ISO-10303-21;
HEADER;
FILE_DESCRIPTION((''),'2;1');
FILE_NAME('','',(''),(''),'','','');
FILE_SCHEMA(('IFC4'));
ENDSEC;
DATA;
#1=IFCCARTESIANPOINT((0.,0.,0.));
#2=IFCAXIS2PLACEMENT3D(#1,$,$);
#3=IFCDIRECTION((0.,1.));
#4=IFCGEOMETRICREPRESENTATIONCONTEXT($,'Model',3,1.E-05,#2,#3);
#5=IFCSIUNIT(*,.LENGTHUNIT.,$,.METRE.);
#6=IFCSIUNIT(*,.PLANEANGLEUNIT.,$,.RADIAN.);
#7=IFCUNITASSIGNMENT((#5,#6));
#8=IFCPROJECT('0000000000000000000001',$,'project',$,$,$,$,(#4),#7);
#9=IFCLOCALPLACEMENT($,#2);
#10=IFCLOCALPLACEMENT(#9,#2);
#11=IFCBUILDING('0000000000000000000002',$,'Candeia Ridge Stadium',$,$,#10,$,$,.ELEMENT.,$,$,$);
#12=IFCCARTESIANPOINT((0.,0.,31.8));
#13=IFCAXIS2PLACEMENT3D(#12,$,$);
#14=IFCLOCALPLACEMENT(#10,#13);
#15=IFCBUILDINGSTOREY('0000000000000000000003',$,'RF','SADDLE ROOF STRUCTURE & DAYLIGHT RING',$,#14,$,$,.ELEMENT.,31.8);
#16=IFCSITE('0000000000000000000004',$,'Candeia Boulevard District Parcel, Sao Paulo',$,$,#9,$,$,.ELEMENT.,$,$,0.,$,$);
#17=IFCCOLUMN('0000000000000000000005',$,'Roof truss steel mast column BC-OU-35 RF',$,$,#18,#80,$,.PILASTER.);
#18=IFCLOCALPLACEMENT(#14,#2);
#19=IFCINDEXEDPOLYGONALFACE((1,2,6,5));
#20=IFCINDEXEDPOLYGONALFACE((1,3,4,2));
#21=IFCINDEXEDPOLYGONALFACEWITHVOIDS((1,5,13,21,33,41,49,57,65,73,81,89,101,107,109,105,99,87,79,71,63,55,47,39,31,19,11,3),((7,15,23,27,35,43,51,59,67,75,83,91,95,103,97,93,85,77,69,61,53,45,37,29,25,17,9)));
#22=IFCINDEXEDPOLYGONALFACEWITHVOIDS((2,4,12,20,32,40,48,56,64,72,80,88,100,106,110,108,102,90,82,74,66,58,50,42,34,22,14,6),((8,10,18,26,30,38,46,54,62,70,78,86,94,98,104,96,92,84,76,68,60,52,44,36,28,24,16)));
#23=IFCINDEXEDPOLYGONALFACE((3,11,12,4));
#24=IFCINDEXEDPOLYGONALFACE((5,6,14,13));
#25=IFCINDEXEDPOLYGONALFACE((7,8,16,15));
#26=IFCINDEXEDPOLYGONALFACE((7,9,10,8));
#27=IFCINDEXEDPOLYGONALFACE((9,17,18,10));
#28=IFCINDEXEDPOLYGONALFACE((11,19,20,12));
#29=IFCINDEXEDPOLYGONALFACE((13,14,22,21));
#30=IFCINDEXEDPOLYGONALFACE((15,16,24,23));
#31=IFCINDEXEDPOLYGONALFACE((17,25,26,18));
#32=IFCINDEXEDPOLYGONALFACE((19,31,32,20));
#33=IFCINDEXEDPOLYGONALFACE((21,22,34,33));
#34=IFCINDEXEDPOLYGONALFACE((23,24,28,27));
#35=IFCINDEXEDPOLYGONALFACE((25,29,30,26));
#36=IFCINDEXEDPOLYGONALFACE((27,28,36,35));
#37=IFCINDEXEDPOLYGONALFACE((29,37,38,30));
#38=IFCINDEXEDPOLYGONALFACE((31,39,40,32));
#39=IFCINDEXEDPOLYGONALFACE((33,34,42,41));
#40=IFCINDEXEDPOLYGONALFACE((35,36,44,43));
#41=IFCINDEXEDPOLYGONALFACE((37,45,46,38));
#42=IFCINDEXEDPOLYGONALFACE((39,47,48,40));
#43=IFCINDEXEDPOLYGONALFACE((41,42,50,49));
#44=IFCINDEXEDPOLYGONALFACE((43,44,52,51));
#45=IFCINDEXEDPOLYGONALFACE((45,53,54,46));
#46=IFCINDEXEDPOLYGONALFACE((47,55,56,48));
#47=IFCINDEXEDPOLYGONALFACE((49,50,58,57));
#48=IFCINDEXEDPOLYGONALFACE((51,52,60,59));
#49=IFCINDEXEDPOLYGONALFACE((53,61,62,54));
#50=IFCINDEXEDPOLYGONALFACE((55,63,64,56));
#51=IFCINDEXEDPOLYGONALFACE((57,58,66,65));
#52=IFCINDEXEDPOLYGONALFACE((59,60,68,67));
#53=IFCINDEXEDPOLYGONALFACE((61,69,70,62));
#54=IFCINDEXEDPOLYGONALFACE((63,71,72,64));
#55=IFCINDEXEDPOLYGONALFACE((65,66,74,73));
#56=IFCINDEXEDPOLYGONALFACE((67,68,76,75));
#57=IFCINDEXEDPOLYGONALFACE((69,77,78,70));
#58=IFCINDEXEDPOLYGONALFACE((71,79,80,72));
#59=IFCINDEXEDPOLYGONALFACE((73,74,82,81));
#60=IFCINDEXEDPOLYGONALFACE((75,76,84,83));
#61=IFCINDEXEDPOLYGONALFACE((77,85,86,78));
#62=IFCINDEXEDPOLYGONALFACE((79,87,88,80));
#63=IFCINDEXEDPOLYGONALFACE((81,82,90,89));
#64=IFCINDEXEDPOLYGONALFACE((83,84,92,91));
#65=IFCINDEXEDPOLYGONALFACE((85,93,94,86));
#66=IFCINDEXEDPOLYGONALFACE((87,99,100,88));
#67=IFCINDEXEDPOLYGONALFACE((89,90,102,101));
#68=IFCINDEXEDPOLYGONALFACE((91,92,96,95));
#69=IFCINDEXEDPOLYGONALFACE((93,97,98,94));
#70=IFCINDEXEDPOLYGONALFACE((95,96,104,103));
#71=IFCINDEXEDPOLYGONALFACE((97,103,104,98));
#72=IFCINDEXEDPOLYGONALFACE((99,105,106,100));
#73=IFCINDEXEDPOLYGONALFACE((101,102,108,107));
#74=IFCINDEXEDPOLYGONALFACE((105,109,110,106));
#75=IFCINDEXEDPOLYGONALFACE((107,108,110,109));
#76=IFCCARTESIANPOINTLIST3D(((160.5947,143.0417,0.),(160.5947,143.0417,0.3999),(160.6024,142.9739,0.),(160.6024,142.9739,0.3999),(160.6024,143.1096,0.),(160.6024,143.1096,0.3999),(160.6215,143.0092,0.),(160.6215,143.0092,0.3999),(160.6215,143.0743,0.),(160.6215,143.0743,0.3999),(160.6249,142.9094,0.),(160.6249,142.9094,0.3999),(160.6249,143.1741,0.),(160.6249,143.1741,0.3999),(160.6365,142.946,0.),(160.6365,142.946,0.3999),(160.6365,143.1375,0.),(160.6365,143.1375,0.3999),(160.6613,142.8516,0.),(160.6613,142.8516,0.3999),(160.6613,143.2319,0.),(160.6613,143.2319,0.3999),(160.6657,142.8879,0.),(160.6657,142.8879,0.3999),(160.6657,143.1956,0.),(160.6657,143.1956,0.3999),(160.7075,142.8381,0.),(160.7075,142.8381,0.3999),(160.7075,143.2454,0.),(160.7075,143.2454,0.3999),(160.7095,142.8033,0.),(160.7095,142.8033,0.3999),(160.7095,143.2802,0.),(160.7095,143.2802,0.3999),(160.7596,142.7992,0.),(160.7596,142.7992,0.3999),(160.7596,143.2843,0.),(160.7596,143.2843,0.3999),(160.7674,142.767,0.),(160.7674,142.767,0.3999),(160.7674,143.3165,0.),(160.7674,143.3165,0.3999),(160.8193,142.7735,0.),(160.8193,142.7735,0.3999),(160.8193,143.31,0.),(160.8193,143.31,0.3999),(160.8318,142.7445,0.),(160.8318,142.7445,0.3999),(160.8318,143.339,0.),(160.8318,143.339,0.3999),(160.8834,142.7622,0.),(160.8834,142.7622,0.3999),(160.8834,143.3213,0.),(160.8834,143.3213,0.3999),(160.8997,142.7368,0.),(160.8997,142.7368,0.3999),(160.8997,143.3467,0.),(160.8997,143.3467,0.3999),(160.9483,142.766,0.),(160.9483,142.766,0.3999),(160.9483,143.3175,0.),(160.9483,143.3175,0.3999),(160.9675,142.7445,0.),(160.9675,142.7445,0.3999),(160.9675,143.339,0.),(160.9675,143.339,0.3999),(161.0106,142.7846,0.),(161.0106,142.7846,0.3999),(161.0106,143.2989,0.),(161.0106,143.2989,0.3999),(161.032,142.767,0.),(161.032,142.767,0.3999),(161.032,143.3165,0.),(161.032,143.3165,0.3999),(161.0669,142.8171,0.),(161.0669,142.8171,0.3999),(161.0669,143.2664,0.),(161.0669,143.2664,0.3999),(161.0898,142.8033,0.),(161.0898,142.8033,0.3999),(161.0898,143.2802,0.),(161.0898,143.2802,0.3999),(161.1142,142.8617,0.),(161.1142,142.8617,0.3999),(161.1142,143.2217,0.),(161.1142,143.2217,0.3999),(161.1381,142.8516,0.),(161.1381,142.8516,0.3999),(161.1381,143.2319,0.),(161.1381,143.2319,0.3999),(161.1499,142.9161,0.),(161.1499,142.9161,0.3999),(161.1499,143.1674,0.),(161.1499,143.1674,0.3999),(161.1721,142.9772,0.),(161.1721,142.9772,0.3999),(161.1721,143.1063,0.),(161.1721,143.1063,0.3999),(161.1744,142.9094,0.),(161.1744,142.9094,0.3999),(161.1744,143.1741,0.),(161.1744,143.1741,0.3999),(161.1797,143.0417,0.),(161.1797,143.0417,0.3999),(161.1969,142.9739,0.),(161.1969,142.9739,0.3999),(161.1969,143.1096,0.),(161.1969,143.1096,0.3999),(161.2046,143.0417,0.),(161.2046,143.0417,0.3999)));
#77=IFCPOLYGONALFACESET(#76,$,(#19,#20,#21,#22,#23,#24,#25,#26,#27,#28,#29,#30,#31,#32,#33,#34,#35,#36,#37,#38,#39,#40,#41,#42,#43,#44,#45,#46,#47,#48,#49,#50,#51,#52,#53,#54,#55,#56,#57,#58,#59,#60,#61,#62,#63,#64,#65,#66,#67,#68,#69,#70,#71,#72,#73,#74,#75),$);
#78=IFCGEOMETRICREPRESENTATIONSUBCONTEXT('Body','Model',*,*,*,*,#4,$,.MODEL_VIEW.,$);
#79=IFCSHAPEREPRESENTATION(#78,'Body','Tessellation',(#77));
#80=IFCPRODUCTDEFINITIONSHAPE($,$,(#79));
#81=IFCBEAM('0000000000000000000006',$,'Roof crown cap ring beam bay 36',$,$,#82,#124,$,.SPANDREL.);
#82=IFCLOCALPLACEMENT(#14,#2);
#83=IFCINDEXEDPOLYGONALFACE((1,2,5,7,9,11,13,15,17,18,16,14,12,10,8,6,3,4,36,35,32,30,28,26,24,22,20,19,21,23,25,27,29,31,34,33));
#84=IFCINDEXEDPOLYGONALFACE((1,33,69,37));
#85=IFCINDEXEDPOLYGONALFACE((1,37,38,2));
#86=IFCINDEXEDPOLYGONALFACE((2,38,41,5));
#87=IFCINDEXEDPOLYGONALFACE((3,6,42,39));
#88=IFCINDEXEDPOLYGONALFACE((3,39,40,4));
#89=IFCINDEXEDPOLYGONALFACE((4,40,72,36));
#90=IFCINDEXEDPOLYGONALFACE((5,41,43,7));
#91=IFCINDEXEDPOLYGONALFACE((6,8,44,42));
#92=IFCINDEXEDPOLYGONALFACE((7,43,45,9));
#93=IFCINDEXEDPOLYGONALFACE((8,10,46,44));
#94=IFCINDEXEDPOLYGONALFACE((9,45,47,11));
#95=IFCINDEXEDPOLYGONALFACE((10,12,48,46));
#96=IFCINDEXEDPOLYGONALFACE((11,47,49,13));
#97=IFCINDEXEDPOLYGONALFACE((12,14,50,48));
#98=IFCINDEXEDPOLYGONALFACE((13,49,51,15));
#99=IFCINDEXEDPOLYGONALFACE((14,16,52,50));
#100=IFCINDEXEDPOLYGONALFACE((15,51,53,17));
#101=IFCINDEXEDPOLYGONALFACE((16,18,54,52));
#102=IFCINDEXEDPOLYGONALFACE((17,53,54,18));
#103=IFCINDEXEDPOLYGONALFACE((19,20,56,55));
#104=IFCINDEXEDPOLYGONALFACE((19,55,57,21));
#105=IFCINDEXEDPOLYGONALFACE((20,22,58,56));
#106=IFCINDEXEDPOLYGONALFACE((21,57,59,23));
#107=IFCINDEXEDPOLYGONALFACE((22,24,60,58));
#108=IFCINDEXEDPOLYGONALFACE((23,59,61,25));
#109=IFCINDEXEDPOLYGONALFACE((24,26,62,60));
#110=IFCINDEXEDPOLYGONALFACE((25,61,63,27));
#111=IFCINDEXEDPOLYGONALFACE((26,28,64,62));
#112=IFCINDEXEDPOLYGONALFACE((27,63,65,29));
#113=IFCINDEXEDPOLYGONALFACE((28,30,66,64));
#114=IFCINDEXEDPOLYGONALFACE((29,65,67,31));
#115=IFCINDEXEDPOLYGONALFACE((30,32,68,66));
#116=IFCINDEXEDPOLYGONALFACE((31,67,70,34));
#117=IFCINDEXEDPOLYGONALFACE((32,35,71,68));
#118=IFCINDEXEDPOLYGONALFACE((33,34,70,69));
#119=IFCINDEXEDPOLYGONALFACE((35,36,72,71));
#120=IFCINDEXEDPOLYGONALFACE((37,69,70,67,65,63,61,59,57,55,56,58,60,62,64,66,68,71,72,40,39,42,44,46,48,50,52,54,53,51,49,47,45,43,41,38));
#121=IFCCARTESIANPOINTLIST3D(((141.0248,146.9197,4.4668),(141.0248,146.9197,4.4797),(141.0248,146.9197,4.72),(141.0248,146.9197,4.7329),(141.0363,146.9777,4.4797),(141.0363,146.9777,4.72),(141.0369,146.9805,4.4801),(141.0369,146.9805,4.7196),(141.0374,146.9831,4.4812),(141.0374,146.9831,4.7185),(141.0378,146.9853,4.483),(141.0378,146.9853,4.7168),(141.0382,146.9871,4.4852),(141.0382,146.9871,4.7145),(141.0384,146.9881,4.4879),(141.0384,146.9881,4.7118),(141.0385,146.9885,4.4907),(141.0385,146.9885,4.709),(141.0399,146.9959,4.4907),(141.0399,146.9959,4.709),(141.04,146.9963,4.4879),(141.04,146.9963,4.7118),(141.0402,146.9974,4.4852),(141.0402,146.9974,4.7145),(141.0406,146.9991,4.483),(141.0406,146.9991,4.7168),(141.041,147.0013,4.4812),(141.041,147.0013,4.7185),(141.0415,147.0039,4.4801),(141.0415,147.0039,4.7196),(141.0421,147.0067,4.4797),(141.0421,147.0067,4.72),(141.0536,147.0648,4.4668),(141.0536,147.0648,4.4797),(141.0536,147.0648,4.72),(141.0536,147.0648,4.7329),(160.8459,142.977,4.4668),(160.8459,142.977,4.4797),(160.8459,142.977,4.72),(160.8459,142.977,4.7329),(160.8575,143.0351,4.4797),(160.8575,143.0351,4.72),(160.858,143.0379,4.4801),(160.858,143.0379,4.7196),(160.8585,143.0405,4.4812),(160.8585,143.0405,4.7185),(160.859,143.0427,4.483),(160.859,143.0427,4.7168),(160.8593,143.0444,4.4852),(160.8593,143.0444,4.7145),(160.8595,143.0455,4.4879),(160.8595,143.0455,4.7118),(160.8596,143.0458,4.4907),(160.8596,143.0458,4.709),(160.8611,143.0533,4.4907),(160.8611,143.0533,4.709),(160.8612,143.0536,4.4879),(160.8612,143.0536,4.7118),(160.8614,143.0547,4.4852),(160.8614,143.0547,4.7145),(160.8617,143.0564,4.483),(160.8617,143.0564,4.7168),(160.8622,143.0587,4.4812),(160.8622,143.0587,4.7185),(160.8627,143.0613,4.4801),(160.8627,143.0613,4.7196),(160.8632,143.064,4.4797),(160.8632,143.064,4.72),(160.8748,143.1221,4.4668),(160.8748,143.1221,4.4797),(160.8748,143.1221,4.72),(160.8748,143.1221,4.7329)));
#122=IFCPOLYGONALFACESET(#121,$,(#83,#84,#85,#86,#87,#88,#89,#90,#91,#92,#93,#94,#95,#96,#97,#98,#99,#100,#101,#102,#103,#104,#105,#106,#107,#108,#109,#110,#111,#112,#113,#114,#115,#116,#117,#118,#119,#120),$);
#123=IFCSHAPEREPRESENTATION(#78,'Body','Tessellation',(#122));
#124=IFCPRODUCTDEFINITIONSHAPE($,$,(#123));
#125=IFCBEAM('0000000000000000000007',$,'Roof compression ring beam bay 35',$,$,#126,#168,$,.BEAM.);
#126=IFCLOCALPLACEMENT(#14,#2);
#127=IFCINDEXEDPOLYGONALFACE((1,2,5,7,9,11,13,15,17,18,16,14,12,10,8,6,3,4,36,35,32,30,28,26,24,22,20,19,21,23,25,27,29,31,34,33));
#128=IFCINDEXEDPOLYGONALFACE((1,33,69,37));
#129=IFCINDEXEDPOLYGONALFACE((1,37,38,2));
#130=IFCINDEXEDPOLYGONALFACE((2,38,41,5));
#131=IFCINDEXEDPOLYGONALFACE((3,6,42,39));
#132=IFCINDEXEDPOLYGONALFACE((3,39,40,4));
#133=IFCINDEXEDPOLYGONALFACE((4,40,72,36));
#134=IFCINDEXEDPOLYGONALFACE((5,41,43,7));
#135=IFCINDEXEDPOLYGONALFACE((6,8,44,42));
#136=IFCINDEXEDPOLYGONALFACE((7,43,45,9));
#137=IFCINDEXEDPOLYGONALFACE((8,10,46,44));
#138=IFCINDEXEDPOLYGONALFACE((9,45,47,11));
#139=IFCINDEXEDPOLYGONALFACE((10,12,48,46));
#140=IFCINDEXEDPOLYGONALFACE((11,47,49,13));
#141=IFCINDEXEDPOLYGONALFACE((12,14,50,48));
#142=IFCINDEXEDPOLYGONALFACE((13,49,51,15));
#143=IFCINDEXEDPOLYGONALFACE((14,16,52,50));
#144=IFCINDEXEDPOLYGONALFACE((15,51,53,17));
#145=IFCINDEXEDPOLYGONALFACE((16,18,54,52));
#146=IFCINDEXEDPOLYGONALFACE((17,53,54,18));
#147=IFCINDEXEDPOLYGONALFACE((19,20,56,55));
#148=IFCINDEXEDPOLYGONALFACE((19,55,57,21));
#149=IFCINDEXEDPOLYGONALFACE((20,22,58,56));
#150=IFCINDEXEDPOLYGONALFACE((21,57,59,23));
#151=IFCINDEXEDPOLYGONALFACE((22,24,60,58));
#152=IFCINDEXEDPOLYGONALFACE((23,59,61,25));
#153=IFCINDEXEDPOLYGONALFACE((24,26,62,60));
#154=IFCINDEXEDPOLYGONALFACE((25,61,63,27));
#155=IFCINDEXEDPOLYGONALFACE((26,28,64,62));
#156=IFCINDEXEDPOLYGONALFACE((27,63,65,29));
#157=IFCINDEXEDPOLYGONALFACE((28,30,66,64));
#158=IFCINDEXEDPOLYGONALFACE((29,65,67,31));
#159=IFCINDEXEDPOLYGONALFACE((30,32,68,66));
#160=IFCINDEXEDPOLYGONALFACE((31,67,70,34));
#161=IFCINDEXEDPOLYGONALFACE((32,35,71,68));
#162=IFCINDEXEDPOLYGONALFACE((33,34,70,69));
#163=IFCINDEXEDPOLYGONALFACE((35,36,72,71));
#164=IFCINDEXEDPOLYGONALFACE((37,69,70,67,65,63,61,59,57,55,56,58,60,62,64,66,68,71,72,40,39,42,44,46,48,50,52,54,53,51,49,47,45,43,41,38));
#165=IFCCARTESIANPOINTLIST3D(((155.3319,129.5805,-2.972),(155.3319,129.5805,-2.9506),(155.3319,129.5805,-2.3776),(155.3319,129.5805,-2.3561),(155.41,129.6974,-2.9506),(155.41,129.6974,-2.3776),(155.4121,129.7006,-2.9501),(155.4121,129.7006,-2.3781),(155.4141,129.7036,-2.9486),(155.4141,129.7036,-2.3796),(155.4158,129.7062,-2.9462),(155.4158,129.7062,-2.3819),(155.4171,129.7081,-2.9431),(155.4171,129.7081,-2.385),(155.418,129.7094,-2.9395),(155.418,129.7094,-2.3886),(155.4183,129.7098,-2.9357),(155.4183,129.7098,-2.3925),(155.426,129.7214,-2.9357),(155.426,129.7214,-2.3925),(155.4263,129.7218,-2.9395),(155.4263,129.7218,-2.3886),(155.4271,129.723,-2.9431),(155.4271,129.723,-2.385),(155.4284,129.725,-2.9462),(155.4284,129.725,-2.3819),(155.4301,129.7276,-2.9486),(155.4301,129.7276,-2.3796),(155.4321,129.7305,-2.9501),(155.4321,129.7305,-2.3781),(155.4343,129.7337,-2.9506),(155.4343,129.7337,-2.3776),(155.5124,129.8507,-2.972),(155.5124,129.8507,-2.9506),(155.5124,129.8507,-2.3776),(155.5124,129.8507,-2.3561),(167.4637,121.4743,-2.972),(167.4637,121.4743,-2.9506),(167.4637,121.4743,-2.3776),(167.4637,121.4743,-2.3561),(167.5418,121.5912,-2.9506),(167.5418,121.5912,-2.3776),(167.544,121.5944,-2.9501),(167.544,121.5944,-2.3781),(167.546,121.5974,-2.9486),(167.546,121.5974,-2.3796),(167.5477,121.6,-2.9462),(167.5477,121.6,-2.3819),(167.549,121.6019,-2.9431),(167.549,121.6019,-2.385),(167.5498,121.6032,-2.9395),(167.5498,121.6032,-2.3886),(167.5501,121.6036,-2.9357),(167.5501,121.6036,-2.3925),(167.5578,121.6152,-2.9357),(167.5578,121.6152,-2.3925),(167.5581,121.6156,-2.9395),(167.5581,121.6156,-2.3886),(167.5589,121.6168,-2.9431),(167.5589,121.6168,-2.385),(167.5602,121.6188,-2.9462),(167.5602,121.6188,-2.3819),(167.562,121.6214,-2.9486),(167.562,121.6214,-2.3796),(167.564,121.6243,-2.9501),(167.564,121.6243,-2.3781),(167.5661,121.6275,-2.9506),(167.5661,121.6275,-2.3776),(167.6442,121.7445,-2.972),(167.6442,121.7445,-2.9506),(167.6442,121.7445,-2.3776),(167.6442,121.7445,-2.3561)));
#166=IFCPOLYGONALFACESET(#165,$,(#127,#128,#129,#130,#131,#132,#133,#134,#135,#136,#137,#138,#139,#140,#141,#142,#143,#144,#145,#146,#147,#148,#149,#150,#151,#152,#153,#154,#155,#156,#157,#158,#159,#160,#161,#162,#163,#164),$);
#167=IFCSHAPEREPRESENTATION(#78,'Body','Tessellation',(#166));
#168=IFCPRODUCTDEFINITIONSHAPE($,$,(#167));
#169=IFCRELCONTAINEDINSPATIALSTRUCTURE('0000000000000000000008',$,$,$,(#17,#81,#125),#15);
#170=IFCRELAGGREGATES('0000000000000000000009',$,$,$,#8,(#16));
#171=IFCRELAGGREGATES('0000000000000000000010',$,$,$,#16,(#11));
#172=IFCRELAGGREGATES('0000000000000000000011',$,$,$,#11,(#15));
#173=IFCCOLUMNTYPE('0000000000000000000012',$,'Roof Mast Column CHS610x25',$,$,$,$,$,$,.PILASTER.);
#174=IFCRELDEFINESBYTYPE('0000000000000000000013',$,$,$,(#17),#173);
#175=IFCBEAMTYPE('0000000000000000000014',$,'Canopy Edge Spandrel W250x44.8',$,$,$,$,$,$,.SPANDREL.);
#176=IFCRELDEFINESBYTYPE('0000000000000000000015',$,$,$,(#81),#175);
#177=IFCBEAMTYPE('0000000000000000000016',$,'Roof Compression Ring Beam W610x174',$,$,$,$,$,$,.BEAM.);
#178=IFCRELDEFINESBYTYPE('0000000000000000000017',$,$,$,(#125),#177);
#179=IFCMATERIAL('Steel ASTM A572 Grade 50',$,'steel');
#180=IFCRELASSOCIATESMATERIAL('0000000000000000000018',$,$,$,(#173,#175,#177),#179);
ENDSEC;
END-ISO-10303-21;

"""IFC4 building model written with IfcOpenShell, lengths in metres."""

from ifc_helpers import new_model, si_unit, direction, frame, origin, origin_2d, place, context, subcontext, project, spatial, hollow_circle, i_section, extrude, material, material_profile, profile_set, type_object, element, save


model = new_model("IFC4")

# Units and contexts
model_context = context("Model", 3, precision=1e-05, world=origin(), true_north=direction((0.0, 1.0)))
body_context = subcontext(model_context, "Body", "Model", "MODEL_VIEW")
ifc_project = project(units=[si_unit("LENGTHUNIT", "METRE"), si_unit("PLANEANGLEUNIT", "RADIAN")], contexts=[model_context])

# Site, building, storey
site_placement = place(None, origin())
site = spatial("IfcSite", under=ifc_project, at=site_placement, Name="Candeia Boulevard District Parcel, Sao Paulo", CompositionType="ELEMENT", RefElevation=0.0)
building_placement = place(site_placement, origin())
building = spatial("IfcBuilding", under=site, at=building_placement, Name="Candeia Ridge Stadium", CompositionType="ELEMENT")
storey_placement = place(building_placement, frame((0.0, 0.0, 31.8)))
storey = spatial("IfcBuildingStorey", under=building, at=storey_placement, Name="RF", Description="SADDLE ROOF STRUCTURE & DAYLIGHT RING", CompositionType="ELEMENT", Elevation=31.8)

# Column
ifc_material_1 = material(Name="Steel ASTM A572 Grade 50", Category="steel")
ifc_material_profile_1 = material_profile(ifc_material_1, hollow_circle(Radius=0.3049, WallThickness=0.0249, at=origin_2d()), Name="CHS610x25", Category="steel")
ifc_profile_set_1 = profile_set([ifc_material_profile_1], Name="Steel ASTM A572 Grade 50")
column_type = type_object("IfcColumnType", Name="Roof Mast Column CHS610x25", PredefinedType="PILASTER", material=ifc_profile_set_1)
column_placement = place(storey_placement, frame((160.8997, 143.0417, 0.0), z_axis=(0.0, 0.0, 1.0), x_axis=(1.0, 0.0, 0.0)))
element("IfcColumn", 1, at=column_placement, inside=storey, type_object=column_type, Name="Roof truss steel mast column BC-OU-35 RF", PredefinedType="PILASTER", context=body_context, shape_type="SweptSolid", body=[
    extrude(hollow_circle(Radius=0.3049, WallThickness=0.0249, at=origin_2d()), origin(), (0.0, 0.0, 1.0), 0.3999),
])

# Beams
ifc_material_profile_2 = material_profile(ifc_material_1, i_section(OverallWidth=0.1479, OverallDepth=0.2661, WebThickness=0.0076, FlangeThickness=0.0129, FilletRadius=0.011, at=origin_2d()), Name="W250x44.8", Category="steel")
ifc_profile_set_2 = profile_set([ifc_material_profile_2], Name="Steel ASTM A572 Grade 50")
beam_type_1 = type_object("IfcBeamType", Name="Canopy Edge Spandrel W250x44.8", PredefinedType="SPANDREL", material=ifc_profile_set_2)
beam_1_placement = place(storey_placement, frame((160.8604, 143.0496, 4.5999), z_axis=(-0.980786, 0.195089, 0.0), x_axis=(-0.195089, -0.980786, 0.0)))
element("IfcBeam", 2, at=beam_1_placement, inside=storey, type_object=beam_type_1, Name="Roof crown cap ring beam bay 36", PredefinedType="SPANDREL", context=body_context, shape_type="SweptSolid", body=[
    extrude(i_section(OverallWidth=0.1479, OverallDepth=0.2661, WebThickness=0.0076, FlangeThickness=0.0129, FilletRadius=0.011, at=origin_2d()), origin(), (0.0, 0.0, 1.0), 20.2095),
])
ifc_material_profile_3 = material_profile(ifc_material_1, i_section(OverallWidth=0.325, OverallDepth=0.616, WebThickness=0.0139, FlangeThickness=0.0215, FilletRadius=0.0149, at=origin_2d()), Name="W610x174", Category="steel")
ifc_profile_set_3 = profile_set([ifc_material_profile_3], Name="Steel ASTM A572 Grade 50")
beam_type_2 = type_object("IfcBeamType", Name="Roof Compression Ring Beam W610x174", PredefinedType="BEAM", material=ifc_profile_set_3)
beam_2_placement = place(storey_placement, frame((167.554, 121.6094, -2.6641), z_axis=(-0.831471, 0.555569, 0.0), x_axis=(-0.555569, -0.831471, 0.0)))
element("IfcBeam", 3, at=beam_2_placement, inside=storey, type_object=beam_type_2, Name="Roof compression ring beam bay 35", PredefinedType="BEAM", context=body_context, shape_type="SweptSolid", body=[
    extrude(i_section(OverallWidth=0.325, OverallDepth=0.616, WebThickness=0.0139, FlangeThickness=0.0215, FilletRadius=0.0149, at=origin_2d()), origin(), (0.0, 0.0, 1.0), 14.5908),
])

save(model, "model.ifc")
